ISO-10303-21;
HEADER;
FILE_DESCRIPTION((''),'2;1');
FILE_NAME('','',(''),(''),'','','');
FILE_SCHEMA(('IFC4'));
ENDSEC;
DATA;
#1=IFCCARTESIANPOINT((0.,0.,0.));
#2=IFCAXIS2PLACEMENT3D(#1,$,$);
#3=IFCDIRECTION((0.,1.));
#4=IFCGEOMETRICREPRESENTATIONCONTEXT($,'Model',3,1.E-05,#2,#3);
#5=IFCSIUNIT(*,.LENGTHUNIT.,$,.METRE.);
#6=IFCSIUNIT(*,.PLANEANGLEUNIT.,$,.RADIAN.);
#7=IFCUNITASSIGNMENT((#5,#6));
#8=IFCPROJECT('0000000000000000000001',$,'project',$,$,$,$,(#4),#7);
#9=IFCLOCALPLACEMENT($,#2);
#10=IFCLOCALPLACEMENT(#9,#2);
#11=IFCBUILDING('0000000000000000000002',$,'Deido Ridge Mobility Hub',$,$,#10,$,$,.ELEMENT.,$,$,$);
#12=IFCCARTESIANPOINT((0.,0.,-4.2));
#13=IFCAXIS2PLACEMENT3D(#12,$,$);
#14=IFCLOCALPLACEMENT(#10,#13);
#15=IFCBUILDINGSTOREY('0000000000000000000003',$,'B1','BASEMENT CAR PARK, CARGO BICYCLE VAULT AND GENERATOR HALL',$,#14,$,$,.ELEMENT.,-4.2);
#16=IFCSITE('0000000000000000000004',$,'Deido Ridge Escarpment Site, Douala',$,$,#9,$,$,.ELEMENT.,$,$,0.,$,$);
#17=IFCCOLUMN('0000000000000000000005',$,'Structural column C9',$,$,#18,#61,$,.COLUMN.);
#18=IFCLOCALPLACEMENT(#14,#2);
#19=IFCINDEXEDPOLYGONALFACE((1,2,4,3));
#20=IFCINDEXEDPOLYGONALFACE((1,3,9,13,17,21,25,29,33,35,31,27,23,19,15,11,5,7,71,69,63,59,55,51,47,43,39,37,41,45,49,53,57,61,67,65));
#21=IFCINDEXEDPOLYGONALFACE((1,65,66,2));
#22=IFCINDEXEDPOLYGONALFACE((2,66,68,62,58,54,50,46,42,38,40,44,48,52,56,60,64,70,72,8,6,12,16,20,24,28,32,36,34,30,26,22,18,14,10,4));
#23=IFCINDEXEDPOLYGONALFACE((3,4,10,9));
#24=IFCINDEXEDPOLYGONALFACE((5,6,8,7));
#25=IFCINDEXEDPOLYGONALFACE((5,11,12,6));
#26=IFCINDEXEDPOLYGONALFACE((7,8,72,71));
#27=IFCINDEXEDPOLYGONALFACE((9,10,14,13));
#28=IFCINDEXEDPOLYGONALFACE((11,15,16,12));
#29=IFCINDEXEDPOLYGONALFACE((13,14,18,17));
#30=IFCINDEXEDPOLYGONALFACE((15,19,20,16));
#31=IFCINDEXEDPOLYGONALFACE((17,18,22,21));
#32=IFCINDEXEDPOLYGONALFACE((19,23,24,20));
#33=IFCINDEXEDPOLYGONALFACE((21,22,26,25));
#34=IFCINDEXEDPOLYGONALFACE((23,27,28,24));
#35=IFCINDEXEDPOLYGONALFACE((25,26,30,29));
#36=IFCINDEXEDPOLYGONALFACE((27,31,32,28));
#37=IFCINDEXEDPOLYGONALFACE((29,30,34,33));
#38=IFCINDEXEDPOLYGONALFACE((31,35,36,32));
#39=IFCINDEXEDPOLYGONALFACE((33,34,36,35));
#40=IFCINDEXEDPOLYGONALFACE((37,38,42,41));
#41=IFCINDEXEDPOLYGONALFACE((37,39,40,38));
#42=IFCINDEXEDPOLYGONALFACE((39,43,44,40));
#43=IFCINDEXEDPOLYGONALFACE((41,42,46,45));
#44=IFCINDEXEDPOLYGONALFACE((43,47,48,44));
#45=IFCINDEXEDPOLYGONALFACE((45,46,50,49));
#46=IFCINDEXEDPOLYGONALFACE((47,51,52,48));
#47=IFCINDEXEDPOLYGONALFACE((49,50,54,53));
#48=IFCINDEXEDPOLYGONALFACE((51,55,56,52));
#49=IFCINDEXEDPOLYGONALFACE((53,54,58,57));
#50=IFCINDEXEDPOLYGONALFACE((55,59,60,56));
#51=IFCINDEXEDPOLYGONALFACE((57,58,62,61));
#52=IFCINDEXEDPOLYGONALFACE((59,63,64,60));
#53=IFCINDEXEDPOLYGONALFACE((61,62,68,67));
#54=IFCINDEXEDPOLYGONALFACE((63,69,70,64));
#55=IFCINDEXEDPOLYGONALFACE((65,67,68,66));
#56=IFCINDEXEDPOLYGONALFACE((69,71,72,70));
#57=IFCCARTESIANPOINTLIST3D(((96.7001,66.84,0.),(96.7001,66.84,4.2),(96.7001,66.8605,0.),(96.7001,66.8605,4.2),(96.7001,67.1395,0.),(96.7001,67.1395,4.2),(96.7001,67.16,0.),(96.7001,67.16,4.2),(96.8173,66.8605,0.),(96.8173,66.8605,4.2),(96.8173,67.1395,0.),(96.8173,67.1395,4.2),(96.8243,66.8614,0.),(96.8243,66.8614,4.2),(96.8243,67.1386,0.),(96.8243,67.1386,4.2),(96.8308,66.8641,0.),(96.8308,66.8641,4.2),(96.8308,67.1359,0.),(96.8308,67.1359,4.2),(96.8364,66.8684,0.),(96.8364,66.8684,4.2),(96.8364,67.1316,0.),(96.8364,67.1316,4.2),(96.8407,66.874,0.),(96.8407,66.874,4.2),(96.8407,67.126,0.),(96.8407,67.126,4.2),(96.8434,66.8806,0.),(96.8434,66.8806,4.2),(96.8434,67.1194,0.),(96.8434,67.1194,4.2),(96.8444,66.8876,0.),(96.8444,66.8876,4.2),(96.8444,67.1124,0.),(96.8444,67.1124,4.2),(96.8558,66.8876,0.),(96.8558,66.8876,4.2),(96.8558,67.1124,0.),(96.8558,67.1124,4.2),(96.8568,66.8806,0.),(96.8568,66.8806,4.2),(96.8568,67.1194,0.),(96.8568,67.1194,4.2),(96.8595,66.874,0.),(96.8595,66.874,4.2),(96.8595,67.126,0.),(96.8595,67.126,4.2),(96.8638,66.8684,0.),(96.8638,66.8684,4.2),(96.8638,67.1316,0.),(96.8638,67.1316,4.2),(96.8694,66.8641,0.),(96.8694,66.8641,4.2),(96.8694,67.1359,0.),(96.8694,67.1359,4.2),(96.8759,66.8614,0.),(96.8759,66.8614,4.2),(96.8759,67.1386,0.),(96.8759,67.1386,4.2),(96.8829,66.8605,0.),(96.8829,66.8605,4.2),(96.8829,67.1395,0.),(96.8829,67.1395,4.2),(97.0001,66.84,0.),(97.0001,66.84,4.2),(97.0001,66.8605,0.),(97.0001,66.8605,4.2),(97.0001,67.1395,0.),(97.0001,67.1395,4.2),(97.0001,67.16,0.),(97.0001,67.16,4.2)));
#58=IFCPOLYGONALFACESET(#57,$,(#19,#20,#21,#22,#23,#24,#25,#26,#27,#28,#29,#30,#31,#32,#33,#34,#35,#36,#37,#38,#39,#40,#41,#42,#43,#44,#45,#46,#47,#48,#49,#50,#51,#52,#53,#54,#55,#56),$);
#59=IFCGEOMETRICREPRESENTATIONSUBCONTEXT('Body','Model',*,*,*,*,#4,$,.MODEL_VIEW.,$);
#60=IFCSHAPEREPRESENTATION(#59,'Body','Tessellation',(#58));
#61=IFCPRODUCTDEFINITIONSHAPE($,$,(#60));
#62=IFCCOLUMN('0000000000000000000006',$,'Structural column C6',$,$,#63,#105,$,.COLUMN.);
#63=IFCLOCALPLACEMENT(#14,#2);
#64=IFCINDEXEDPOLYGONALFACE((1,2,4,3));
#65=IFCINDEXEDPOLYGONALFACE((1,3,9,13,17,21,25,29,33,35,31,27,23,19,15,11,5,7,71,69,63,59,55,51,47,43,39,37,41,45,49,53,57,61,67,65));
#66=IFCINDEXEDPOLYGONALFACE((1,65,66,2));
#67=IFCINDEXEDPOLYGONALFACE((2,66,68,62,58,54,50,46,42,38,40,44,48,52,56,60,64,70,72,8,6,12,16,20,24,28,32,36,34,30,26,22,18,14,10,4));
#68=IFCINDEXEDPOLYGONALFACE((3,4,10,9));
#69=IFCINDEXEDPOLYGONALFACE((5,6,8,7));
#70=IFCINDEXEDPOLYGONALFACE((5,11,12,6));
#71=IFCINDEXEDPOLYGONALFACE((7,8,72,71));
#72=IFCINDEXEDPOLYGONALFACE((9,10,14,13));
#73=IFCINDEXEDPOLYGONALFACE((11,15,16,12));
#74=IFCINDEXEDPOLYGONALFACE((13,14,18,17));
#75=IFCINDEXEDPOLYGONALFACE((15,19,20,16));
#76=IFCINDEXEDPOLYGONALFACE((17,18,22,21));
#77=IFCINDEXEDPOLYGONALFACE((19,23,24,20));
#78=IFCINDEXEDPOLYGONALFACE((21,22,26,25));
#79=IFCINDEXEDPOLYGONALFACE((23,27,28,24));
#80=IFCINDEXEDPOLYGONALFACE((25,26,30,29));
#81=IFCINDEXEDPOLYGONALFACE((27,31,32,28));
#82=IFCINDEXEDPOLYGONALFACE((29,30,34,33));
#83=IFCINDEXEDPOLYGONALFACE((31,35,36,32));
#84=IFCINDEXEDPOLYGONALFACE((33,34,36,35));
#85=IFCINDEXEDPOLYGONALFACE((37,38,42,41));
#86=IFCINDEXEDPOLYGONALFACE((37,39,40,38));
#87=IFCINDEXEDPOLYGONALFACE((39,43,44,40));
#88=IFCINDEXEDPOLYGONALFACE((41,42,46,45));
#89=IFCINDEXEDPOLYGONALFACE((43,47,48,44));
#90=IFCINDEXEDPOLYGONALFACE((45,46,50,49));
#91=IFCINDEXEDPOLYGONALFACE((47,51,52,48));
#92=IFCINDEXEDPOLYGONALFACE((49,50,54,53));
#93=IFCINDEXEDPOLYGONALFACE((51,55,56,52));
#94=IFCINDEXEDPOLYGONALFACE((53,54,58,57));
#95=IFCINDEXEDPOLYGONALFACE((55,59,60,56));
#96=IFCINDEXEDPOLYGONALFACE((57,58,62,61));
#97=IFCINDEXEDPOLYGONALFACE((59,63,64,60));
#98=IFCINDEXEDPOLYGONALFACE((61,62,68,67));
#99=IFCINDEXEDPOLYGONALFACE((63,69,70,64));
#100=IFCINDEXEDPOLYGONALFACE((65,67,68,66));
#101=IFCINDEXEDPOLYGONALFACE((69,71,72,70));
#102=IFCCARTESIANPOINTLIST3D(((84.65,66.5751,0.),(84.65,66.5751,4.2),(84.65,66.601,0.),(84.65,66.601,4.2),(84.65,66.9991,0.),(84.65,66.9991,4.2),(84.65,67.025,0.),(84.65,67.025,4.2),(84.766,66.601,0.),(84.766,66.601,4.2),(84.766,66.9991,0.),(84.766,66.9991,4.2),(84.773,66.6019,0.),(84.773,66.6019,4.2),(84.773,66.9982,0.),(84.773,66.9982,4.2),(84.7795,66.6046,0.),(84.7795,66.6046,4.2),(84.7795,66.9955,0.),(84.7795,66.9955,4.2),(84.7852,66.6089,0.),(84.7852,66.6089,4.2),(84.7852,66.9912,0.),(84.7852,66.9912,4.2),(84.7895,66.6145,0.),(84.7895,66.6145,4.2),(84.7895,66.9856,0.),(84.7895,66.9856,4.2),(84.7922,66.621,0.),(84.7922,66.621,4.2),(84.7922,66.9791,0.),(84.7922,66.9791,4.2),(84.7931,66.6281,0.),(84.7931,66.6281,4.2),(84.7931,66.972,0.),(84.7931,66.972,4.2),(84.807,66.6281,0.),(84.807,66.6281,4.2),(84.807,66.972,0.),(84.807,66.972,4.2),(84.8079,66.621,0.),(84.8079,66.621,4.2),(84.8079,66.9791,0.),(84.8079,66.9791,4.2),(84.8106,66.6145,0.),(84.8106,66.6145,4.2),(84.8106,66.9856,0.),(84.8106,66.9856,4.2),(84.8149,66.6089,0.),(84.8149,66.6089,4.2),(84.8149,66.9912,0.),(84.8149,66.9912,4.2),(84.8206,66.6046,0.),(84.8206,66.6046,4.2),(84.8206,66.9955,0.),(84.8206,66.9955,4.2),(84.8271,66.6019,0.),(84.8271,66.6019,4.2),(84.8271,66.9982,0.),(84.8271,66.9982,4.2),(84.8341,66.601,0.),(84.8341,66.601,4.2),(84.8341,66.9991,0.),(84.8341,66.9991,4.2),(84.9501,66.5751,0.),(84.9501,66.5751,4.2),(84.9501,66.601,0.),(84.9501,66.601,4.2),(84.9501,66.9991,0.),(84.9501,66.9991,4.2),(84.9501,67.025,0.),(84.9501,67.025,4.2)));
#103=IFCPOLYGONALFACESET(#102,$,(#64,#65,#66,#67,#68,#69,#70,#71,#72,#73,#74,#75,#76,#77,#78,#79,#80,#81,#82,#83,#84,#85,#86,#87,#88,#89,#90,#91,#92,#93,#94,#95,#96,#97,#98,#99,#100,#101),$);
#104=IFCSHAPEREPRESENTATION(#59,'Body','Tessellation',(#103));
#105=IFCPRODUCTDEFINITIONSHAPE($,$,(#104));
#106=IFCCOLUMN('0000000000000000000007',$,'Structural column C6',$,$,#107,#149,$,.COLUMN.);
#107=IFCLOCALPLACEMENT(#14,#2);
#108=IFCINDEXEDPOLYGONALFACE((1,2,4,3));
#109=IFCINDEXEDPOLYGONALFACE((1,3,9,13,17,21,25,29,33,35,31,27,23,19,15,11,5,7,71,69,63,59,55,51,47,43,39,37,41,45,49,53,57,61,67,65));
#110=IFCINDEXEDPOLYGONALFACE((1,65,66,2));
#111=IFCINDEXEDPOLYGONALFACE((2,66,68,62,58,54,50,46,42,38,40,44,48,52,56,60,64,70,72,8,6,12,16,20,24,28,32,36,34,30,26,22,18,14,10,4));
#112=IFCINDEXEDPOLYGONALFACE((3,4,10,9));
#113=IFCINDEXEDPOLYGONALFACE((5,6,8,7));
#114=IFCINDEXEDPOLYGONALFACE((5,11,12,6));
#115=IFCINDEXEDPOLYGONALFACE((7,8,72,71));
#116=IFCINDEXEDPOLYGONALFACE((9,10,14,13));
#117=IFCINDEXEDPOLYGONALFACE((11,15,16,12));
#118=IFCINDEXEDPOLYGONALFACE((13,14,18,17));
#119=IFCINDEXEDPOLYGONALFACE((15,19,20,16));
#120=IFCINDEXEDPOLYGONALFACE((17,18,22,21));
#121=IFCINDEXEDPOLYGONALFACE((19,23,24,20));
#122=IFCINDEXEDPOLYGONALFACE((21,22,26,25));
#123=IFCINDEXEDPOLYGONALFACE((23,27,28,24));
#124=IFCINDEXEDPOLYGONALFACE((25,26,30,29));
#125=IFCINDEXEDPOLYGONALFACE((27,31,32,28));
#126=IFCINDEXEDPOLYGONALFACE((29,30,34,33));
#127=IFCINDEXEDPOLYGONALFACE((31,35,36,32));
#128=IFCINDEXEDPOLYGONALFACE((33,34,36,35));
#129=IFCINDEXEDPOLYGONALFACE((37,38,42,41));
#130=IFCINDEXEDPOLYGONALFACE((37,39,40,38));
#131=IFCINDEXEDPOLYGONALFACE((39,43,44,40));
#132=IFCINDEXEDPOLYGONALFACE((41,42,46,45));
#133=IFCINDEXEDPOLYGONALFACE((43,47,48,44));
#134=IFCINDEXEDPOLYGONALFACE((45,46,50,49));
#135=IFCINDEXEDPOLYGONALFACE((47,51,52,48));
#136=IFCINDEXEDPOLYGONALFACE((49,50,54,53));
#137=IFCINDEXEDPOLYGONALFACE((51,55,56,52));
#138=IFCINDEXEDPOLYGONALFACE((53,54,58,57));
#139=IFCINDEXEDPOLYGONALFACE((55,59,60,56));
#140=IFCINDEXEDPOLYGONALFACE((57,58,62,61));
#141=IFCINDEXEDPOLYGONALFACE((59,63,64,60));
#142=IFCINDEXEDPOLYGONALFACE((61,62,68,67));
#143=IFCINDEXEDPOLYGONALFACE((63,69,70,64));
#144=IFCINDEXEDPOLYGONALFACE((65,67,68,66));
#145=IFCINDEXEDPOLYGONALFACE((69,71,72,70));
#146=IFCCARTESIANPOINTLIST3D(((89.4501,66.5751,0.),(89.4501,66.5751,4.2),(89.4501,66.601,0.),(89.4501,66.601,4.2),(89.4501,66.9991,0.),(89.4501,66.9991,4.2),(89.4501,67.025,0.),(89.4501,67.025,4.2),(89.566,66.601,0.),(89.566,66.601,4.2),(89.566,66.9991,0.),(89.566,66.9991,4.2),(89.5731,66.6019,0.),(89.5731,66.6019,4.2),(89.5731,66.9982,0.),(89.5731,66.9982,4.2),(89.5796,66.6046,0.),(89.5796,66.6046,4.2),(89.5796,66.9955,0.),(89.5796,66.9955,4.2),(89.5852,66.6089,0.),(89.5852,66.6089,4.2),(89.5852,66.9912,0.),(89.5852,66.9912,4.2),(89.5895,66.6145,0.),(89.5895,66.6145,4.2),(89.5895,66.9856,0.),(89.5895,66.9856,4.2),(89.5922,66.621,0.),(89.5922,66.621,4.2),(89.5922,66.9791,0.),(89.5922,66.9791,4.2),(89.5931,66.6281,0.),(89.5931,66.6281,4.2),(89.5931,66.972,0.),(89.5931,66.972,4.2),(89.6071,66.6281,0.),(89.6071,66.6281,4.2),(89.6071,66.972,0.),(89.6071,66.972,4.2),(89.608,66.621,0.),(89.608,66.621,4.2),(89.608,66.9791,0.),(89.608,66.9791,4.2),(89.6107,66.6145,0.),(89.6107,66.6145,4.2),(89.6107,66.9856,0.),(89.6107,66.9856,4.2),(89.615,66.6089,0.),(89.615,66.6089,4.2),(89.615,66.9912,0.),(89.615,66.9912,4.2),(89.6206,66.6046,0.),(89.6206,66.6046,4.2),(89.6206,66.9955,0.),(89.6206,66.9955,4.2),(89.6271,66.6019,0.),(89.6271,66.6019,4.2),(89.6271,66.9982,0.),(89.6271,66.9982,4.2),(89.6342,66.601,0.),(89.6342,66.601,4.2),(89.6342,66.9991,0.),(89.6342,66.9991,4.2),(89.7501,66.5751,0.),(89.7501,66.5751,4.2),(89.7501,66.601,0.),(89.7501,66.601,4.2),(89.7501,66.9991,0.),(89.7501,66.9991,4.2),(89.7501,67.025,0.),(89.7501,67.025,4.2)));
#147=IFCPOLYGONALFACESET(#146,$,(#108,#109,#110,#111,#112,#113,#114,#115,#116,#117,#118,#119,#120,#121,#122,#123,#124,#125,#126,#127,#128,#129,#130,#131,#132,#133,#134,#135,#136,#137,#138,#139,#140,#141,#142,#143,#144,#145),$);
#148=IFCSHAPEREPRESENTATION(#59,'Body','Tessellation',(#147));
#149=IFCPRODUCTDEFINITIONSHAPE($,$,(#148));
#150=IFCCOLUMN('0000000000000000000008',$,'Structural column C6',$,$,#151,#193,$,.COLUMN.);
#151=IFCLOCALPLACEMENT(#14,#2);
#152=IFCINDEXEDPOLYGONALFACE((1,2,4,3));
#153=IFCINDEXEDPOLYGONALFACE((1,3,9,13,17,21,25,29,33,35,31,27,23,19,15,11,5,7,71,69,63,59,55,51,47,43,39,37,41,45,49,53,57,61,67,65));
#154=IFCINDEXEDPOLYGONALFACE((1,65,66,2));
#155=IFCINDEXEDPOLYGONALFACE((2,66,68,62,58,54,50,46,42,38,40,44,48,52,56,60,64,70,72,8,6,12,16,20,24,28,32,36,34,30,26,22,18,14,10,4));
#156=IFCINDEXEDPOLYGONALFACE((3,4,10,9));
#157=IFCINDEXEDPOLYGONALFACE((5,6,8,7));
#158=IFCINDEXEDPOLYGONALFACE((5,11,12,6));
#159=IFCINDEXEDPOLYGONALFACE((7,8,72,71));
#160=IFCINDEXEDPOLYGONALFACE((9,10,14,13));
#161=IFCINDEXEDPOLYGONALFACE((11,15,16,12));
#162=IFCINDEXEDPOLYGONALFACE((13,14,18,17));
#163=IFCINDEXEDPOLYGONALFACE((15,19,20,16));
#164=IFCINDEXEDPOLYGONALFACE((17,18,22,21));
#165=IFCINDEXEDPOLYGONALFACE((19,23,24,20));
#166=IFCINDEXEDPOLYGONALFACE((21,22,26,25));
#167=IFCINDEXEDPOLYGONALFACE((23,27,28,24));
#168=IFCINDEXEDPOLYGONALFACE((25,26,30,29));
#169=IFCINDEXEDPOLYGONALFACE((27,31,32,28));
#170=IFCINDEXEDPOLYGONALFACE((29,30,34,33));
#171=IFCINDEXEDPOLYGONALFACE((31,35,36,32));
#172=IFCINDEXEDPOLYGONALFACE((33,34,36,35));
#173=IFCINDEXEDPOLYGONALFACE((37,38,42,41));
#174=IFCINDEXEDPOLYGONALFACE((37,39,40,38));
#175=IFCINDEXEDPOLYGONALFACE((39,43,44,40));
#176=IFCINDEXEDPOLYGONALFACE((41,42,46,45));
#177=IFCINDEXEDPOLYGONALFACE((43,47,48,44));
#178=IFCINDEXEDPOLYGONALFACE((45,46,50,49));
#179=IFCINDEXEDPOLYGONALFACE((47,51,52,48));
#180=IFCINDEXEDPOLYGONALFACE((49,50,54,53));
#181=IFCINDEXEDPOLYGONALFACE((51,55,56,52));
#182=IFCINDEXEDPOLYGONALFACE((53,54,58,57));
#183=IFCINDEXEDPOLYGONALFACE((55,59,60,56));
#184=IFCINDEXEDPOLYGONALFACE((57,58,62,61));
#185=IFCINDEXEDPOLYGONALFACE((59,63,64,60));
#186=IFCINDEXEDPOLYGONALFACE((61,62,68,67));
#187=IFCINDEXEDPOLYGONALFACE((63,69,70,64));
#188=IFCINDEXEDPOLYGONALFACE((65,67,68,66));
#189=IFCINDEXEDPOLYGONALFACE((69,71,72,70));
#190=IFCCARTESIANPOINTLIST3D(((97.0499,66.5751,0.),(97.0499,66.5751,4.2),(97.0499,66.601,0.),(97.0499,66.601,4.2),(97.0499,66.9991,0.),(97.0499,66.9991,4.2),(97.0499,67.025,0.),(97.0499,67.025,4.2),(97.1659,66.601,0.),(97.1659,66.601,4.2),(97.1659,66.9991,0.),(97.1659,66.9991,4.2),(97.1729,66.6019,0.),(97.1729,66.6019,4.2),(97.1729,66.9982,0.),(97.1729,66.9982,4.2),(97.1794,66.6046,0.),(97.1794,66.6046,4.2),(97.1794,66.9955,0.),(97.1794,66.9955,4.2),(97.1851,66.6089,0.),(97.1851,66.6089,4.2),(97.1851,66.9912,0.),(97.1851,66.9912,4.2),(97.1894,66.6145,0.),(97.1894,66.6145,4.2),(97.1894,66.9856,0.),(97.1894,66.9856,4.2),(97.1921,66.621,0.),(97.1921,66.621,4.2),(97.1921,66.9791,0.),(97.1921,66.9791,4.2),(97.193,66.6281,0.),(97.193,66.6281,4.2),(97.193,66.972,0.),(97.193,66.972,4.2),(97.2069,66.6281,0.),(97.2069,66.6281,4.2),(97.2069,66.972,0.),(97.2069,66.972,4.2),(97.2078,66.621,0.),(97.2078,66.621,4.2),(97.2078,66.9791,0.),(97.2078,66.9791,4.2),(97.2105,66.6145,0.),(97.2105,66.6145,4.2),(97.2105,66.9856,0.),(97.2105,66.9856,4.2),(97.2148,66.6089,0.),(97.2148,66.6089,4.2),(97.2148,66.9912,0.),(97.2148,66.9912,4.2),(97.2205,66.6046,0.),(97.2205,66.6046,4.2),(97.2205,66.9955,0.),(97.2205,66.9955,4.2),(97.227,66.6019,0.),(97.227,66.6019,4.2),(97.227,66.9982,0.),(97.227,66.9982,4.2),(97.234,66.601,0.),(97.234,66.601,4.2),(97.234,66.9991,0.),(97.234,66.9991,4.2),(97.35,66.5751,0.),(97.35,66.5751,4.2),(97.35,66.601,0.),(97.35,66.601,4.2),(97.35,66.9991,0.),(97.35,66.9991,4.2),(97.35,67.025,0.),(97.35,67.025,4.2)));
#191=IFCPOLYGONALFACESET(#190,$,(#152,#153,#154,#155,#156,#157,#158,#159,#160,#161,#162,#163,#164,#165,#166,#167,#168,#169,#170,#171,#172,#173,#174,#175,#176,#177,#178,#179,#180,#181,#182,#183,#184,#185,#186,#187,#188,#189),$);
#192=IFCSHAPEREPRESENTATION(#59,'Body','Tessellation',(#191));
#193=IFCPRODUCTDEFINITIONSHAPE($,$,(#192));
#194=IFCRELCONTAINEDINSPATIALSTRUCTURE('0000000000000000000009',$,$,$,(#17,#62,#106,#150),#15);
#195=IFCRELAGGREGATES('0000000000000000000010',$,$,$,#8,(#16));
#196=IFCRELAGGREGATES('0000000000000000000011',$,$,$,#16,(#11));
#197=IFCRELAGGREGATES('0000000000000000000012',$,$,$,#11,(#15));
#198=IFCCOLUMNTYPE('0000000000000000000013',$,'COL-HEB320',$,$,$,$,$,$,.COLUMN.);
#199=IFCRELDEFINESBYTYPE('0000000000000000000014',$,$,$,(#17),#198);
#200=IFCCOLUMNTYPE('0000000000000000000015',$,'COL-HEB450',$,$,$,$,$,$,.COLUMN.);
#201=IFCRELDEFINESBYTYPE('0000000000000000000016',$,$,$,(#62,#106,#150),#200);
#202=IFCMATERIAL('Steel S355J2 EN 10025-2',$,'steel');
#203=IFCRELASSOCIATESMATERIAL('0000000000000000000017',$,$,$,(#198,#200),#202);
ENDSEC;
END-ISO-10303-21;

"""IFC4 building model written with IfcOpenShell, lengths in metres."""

from ifc_helpers import new_model, si_unit, direction, frame, origin, origin_2d, place, context, subcontext, project, spatial, i_section, extrude, material, material_profile, profile_set, type_object, element, save


model = new_model("IFC4")

# Units and contexts
model_context = context("Model", 3, precision=1e-05, world=origin(), true_north=direction((0.0, 1.0)))
body_context = subcontext(model_context, "Body", "Model", "MODEL_VIEW")
ifc_project = project(units=[si_unit("LENGTHUNIT", "METRE"), si_unit("PLANEANGLEUNIT", "RADIAN")], contexts=[model_context])

# Site, building, storey
site_placement = place(None, origin())
site = spatial("IfcSite", under=ifc_project, at=site_placement, Name="Deido Ridge Escarpment Site, Douala", CompositionType="ELEMENT", RefElevation=0.0)
building_placement = place(site_placement, origin())
building = spatial("IfcBuilding", under=site, at=building_placement, Name="Deido Ridge Mobility Hub", CompositionType="ELEMENT")
storey_placement = place(building_placement, frame((0.0, 0.0, -4.2)))
storey = spatial("IfcBuildingStorey", under=building, at=storey_placement, Name="B1", Description="BASEMENT CAR PARK, CARGO BICYCLE VAULT AND GENERATOR HALL", CompositionType="ELEMENT", Elevation=-4.2)

# Columns
ifc_material_1 = material(Name="Steel S355J2 EN 10025-2", Category="steel")
ifc_material_profile_1 = material_profile(ifc_material_1, i_section(OverallWidth=0.3, OverallDepth=0.3201, WebThickness=0.0115, FlangeThickness=0.0205, FilletRadius=0.0271, at=origin_2d()), Name="HEB 320")
ifc_profile_set_1 = profile_set([ifc_material_profile_1], Name="Steel S355J2 EN 10025-2")
column_type_1 = type_object("IfcColumnType", Name="COL-HEB320", PredefinedType="COLUMN", material=ifc_profile_set_1)
for number, where, z_axis, x_axis, name in (
    (1, (96.8501, 67.0, 0.0), (0.0, 0.0, 1.0), (1.0, 0.0, 0.0), "Structural column C9"),
):
    element("IfcColumn", number, at=place(storey_placement, frame(where, z_axis=z_axis, x_axis=x_axis)), inside=storey, type_object=column_type_1, Name=name, PredefinedType="COLUMN", context=body_context, shape_type="SweptSolid", body=[
        extrude(i_section(OverallWidth=0.3, OverallDepth=0.3201, WebThickness=0.0115, FlangeThickness=0.0205, FilletRadius=0.0271, at=origin_2d()), origin(), (0.0, 0.0, 1.0), 4.2),
    ])
ifc_material_profile_2 = material_profile(ifc_material_1, i_section(OverallWidth=0.3, OverallDepth=0.45, WebThickness=0.0139, FlangeThickness=0.0259, FilletRadius=0.0271, at=origin_2d()), Name="HEB 450")
ifc_profile_set_2 = profile_set([ifc_material_profile_2], Name="Steel S355J2 EN 10025-2")
column_type_2 = type_object("IfcColumnType", Name="COL-HEB450", PredefinedType="COLUMN", material=ifc_profile_set_2)
for number, where, z_axis, x_axis, name in (
    (2, (84.8, 66.8, 0.0), (0.0, 0.0, 1.0), (1.0, 0.0, 0.0), "Structural column C6"),
    (3, (89.6001, 66.8, 0.0), (0.0, 0.0, 1.0), (1.0, 0.0, 0.0), "Structural column C6"),
    (4, (97.2, 66.8, 0.0), (0.0, 0.0, 1.0), (1.0, 0.0, 0.0), "Structural column C6"),
):
    element("IfcColumn", number, at=place(storey_placement, frame(where, z_axis=z_axis, x_axis=x_axis)), inside=storey, type_object=column_type_2, Name=name, PredefinedType="COLUMN", context=body_context, shape_type="SweptSolid", body=[
        extrude(i_section(OverallWidth=0.3, OverallDepth=0.45, WebThickness=0.0139, FlangeThickness=0.0259, FilletRadius=0.0271, at=origin_2d()), origin(), (0.0, 0.0, 1.0), 4.2),
    ])

save(model, "model.ifc")
